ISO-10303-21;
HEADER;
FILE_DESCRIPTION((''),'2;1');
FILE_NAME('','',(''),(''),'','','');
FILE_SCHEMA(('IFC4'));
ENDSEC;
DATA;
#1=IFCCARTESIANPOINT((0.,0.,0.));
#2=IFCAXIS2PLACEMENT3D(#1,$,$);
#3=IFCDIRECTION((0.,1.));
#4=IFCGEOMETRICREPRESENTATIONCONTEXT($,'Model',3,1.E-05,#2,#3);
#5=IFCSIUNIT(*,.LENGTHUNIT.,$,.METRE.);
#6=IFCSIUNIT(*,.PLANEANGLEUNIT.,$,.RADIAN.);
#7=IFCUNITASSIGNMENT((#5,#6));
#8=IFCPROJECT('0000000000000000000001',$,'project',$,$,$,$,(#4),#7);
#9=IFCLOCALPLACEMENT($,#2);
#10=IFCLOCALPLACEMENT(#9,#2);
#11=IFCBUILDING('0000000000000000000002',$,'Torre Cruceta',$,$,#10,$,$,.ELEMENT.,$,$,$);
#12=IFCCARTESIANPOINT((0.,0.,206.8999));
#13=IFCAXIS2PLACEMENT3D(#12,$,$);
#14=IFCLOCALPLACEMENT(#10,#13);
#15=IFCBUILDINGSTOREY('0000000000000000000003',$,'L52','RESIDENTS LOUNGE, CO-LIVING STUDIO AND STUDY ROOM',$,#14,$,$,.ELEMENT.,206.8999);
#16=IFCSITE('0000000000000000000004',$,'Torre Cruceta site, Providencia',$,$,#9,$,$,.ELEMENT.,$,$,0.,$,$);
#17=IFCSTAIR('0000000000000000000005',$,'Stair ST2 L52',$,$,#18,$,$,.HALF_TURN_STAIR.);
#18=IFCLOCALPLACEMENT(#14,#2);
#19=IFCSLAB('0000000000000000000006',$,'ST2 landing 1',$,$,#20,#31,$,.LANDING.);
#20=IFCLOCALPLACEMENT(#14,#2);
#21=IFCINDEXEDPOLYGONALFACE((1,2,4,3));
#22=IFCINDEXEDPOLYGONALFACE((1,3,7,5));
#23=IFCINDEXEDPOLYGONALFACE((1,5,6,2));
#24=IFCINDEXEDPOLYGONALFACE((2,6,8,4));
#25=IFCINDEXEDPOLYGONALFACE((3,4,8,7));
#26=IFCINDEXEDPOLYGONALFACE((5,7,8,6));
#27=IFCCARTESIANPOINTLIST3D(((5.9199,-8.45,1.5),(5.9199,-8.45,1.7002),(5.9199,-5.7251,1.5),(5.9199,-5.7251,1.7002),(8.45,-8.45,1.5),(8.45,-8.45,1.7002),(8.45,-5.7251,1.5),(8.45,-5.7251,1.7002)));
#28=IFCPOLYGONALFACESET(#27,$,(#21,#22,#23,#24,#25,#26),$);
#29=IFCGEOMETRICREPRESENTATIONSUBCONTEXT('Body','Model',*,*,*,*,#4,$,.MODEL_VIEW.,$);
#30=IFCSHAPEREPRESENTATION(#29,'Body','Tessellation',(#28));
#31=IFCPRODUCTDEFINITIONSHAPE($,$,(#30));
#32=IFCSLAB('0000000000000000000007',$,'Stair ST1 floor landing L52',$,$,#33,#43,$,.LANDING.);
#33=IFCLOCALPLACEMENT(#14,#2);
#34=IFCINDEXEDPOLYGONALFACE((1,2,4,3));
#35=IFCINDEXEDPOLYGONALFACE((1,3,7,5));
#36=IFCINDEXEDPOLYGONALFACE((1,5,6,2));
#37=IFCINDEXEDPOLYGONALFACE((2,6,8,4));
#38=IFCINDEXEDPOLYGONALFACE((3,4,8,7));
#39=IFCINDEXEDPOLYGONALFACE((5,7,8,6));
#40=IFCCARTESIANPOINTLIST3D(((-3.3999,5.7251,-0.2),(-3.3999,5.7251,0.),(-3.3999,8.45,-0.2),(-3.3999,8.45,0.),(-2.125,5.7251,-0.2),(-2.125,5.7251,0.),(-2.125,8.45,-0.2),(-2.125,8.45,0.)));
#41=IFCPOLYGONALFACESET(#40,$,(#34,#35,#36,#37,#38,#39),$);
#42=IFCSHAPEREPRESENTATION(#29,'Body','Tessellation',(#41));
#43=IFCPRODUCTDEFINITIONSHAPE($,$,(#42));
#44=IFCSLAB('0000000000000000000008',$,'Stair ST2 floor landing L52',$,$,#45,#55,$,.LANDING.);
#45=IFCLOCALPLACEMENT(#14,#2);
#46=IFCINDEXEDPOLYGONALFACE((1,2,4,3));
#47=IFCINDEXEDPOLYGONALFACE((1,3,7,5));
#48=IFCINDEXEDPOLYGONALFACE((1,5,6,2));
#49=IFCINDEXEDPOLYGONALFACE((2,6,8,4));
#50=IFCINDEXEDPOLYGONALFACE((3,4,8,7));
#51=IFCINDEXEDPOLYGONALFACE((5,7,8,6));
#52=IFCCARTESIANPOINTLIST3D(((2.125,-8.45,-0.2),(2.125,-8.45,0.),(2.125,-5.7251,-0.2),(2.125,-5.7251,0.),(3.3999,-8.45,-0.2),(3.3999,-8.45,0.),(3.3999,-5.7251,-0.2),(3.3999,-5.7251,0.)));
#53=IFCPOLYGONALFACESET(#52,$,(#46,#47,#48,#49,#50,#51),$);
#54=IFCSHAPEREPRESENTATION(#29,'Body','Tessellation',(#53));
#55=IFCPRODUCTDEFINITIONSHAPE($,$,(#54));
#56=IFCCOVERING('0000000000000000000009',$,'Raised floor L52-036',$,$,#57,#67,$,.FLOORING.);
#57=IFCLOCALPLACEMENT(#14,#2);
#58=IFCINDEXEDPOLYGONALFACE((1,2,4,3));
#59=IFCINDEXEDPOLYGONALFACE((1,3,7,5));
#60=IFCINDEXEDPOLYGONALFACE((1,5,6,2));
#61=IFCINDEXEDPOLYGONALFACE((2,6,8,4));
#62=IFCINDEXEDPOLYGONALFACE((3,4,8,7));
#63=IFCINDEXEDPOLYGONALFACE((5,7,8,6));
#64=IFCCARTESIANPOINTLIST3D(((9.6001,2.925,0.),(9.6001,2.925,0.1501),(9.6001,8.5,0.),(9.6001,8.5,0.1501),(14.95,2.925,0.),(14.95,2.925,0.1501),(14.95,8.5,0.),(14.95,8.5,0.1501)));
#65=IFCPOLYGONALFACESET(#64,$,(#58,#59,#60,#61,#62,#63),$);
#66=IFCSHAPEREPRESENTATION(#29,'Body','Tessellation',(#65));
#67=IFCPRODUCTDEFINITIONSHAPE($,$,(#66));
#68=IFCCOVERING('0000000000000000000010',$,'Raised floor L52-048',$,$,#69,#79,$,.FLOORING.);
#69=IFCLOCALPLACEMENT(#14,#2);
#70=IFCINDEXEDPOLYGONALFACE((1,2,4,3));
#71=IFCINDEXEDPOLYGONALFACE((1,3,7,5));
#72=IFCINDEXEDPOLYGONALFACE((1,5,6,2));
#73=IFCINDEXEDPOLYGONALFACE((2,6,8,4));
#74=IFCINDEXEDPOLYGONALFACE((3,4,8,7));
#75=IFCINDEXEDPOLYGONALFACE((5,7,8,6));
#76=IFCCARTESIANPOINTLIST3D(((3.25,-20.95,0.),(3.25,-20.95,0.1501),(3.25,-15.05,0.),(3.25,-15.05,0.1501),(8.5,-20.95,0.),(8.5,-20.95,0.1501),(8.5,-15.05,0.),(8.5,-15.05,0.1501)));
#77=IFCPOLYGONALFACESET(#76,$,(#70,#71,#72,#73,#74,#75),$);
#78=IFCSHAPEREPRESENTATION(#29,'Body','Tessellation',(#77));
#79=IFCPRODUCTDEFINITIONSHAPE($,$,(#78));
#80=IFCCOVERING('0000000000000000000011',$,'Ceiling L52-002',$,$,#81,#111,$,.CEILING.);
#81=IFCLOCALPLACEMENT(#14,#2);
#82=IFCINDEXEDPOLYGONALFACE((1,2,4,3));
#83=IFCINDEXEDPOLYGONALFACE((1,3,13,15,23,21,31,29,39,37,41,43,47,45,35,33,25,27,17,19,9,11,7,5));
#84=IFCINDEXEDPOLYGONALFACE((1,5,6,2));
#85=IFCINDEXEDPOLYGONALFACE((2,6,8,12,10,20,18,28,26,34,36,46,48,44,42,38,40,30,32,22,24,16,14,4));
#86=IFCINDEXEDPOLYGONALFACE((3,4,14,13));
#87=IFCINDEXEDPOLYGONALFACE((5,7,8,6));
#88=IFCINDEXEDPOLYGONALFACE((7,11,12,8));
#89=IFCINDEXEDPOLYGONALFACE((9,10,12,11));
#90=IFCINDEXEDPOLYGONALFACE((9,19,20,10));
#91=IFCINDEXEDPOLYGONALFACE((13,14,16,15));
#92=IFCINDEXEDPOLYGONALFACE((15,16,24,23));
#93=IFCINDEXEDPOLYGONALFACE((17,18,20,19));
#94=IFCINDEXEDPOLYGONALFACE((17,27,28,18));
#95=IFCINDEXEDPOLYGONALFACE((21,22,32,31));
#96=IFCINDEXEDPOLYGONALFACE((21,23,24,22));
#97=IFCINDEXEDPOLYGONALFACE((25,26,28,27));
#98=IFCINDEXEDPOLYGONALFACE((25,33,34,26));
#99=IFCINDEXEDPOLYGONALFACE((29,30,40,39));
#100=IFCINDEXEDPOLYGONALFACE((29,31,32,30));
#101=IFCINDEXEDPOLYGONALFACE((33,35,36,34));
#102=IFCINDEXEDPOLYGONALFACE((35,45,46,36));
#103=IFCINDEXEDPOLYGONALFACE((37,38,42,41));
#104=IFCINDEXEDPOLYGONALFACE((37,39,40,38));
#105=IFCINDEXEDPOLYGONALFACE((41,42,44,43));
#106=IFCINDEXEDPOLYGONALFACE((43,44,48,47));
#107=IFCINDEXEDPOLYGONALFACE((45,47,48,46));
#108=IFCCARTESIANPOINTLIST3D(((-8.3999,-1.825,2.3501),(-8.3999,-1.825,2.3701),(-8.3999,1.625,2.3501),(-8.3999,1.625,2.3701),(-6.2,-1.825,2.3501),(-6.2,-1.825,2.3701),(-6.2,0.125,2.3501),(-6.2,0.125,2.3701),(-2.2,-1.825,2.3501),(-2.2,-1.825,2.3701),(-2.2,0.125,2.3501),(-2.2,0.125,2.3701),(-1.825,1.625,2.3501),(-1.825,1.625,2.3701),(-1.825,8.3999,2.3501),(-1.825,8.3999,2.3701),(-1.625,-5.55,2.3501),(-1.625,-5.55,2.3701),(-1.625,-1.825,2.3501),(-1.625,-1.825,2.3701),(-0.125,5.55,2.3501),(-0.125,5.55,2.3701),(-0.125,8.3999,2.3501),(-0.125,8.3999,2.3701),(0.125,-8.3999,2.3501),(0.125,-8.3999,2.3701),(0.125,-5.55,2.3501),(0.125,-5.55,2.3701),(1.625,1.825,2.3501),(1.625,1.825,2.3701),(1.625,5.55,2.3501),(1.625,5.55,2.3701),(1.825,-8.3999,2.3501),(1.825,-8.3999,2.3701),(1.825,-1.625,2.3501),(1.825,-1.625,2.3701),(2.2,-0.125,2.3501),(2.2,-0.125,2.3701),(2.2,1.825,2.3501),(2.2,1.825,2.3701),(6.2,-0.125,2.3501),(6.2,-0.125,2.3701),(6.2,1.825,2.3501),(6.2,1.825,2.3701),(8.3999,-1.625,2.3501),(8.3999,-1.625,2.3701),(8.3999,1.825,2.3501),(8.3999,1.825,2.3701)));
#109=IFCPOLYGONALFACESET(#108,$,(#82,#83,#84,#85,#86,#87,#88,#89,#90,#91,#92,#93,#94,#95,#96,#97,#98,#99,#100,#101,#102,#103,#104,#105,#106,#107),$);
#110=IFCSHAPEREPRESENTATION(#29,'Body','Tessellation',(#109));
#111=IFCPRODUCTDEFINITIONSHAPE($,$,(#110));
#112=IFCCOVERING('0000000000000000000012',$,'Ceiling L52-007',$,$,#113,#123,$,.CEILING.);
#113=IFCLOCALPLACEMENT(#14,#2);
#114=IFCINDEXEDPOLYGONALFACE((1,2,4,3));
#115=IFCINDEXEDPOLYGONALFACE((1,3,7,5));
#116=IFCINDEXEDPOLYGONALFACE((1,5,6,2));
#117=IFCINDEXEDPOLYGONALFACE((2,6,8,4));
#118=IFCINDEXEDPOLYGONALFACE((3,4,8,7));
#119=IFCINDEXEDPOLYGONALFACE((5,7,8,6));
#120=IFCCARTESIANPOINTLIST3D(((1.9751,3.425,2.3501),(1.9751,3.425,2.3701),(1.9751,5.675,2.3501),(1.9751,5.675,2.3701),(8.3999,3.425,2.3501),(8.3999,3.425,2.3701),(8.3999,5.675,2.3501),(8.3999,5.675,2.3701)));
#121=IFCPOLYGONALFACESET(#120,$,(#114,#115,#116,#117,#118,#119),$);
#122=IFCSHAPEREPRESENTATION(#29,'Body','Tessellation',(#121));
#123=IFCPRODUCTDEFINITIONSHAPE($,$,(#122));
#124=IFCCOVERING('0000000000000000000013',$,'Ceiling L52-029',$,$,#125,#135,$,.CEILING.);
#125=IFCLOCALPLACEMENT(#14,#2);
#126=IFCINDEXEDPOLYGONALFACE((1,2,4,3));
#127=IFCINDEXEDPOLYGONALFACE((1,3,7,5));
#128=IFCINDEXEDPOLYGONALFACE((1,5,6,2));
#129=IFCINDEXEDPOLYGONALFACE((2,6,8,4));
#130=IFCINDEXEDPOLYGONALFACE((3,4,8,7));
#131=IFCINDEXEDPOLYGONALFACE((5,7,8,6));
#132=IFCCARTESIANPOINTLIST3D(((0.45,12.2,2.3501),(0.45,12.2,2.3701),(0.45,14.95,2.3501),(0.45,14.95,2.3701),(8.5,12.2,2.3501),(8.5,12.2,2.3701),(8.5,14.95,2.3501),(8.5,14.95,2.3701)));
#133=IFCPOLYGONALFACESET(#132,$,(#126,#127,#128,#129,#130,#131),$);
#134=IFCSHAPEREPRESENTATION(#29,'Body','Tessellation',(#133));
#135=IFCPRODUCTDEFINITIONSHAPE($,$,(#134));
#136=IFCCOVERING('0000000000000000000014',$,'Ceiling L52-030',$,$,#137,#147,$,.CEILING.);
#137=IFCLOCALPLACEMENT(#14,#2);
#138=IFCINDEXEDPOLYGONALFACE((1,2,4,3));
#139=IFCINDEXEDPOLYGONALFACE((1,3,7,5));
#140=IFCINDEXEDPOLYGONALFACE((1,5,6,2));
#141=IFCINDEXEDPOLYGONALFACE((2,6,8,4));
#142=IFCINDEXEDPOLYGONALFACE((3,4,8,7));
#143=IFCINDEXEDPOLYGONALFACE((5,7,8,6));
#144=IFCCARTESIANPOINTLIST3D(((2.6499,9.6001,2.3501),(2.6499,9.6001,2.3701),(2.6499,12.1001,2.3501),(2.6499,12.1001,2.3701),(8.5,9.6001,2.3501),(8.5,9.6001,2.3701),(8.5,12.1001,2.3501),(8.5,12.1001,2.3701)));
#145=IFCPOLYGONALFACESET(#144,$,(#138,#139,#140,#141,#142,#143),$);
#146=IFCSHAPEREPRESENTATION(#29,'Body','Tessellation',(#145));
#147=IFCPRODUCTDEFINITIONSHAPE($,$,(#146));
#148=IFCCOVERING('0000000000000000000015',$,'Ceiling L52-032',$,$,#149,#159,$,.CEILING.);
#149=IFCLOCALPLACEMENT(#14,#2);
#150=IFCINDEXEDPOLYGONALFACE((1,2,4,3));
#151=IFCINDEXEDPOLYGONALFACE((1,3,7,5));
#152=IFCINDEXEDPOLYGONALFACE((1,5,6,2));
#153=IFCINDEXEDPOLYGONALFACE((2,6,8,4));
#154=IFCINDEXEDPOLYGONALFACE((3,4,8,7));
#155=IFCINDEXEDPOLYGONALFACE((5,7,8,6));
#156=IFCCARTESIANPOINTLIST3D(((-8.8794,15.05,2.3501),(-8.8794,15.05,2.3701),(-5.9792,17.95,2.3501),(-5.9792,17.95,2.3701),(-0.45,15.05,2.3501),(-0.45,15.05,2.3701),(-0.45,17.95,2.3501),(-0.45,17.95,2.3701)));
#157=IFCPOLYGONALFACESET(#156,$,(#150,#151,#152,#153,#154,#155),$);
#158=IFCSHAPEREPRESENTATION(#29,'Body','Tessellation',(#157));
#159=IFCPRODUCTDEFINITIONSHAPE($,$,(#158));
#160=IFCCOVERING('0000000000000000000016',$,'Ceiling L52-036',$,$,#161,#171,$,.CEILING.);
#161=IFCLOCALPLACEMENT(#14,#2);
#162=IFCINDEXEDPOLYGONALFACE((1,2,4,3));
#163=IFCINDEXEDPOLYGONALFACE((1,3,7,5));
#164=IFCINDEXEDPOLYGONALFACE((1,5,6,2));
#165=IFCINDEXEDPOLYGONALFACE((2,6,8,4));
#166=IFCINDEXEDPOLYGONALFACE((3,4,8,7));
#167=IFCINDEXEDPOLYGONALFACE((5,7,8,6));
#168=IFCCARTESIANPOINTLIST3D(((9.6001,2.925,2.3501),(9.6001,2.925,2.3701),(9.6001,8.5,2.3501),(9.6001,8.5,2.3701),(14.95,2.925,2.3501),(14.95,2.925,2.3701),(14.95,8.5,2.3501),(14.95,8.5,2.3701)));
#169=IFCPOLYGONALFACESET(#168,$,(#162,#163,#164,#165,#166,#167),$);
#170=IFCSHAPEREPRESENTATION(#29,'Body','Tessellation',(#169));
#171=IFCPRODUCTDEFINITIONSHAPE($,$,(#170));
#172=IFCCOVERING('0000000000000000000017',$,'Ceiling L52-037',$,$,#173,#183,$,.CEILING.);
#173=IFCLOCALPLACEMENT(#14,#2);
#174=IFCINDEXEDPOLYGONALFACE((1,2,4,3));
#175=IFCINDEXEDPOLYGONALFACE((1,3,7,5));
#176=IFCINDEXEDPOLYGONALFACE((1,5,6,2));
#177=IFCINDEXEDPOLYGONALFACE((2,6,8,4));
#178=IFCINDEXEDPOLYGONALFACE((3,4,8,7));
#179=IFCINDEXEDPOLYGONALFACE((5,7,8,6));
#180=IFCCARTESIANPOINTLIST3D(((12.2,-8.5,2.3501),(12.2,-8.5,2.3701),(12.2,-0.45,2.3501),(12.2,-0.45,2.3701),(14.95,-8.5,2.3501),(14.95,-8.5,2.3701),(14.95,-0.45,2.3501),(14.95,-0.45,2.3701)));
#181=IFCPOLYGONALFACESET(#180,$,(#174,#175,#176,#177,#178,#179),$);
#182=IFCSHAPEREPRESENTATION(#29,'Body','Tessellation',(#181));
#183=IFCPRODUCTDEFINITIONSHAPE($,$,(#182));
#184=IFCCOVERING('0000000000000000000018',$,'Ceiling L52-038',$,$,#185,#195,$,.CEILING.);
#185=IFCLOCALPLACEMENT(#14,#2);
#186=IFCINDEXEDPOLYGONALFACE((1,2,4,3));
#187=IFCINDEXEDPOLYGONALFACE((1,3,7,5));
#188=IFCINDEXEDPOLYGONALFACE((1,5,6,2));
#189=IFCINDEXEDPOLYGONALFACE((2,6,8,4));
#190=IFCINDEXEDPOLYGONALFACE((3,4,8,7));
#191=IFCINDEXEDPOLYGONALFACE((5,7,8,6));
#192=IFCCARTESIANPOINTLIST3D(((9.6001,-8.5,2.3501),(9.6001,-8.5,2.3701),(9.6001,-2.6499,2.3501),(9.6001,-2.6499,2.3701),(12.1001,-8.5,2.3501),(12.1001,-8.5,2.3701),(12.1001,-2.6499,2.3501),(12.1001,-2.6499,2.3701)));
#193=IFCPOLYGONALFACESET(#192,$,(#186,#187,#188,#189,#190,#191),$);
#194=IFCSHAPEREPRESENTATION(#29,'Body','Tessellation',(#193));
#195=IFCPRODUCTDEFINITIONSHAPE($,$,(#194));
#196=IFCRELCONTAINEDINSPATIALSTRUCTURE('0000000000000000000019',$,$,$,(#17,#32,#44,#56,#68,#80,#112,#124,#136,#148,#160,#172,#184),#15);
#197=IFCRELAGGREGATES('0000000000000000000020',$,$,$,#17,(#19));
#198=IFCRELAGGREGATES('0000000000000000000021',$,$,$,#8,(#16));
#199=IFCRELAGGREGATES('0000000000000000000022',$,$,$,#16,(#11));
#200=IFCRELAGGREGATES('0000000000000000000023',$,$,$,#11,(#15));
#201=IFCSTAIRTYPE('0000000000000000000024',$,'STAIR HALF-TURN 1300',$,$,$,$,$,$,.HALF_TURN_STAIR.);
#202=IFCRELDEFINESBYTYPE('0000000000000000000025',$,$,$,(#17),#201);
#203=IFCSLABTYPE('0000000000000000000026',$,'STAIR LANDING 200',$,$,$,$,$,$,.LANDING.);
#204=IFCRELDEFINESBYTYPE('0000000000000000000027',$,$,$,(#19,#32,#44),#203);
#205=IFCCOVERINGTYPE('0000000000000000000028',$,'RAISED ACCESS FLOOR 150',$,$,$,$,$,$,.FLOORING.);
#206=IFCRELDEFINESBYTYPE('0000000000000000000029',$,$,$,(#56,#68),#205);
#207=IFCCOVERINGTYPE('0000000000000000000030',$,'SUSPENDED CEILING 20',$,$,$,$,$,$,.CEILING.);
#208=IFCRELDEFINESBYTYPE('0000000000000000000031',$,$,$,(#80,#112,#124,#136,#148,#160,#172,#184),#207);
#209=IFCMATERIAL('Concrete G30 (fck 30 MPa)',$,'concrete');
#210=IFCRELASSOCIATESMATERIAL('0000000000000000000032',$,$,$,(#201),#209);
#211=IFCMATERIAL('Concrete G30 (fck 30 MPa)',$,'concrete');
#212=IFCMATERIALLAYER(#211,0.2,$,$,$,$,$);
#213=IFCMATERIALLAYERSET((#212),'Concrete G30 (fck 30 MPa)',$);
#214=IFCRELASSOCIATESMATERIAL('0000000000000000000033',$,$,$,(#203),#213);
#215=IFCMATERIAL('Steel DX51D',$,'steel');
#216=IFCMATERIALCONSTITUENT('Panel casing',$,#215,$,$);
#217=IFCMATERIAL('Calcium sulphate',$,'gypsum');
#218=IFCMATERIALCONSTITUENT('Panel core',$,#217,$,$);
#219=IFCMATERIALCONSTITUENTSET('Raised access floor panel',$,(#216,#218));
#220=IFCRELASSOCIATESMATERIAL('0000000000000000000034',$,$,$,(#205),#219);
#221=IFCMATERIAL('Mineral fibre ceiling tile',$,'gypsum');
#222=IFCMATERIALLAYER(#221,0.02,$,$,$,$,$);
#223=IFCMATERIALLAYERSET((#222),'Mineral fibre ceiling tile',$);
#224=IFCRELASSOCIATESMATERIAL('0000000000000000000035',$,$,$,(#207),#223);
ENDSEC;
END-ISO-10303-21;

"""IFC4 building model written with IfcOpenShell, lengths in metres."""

from ifc_helpers import new_model, si_unit, direction, frame, origin, place, context, subcontext, project, spatial, polyline, outline, extrude, material, layer, layer_set, constituent, constituent_set, type_object, element, aggregate, save


model = new_model("IFC4")

# Units and contexts
model_context = context("Model", 3, precision=1e-05, world=origin(), true_north=direction((0.0, 1.0)))
body_context = subcontext(model_context, "Body", "Model", "MODEL_VIEW")
ifc_project = project(units=[si_unit("LENGTHUNIT", "METRE"), si_unit("PLANEANGLEUNIT", "RADIAN")], contexts=[model_context])

# Site, building, storey
site_placement = place(None, origin())
site = spatial("IfcSite", under=ifc_project, at=site_placement, Name="Torre Cruceta site, Providencia", CompositionType="ELEMENT", RefElevation=0.0)
building_placement = place(site_placement, origin())
building = spatial("IfcBuilding", under=site, at=building_placement, Name="Torre Cruceta", CompositionType="ELEMENT")
storey_placement = place(building_placement, frame((0.0, 0.0, 206.8999)))
storey = spatial("IfcBuildingStorey", under=building, at=storey_placement, Name="L52", Description="RESIDENTS LOUNGE, CO-LIVING STUDIO AND STUDY ROOM", CompositionType="ELEMENT", Elevation=206.8999)

# Stair, slab
ifc_material_1 = material(Name="Concrete G30 (fck 30 MPa)", Category="concrete")
stair_type = type_object("IfcStairType", Name="STAIR HALF-TURN 1300", PredefinedType="HALF_TURN_STAIR", material=ifc_material_1)
stair_placement = place(storey_placement, origin())
stair = element("IfcStair", 1, at=stair_placement, inside=storey, type_object=stair_type, Name="Stair ST2 L52", PredefinedType="HALF_TURN_STAIR")
ifc_material_2 = material(Name="Concrete G30 (fck 30 MPa)", Category="concrete")
ifc_layer_1 = layer(ifc_material_2, 0.2)
ifc_layer_set_1 = layer_set([ifc_layer_1], Name="Concrete G30 (fck 30 MPa)")
slab_type = type_object("IfcSlabType", Name="STAIR LANDING 200", PredefinedType="LANDING", material=ifc_layer_set_1)
slab_1_placement = place(storey_placement, frame((0.0, 0.0, 1.5)))
slab_1 = element("IfcSlab", 2, at=slab_1_placement, type_object=slab_type, Name="ST2 landing 1", PredefinedType="LANDING", context=body_context, shape_type="SweptSolid", body=[
    extrude(outline(polyline([(5.9199, -8.45), (8.45, -8.45), (8.45, -5.7251), (5.9199, -5.7251), (5.9199, -8.45)])), origin(), (0.0, 0.0, 1.0), 0.2002),
])
aggregate(stair, [slab_1])

# Slabs
slab_2_placement = place(storey_placement, frame((0.0, 0.0, -0.2)))
element("IfcSlab", 3, at=slab_2_placement, inside=storey, type_object=slab_type, Name="Stair ST1 floor landing L52", PredefinedType="LANDING", context=body_context, shape_type="SweptSolid", body=[
    extrude(outline(polyline([(-2.125, 8.45), (-2.125, 5.7251), (-3.3999, 5.7251), (-3.3999, 8.45), (-2.125, 8.45)])), origin(), (0.0, 0.0, 1.0), 0.2),
])
slab_3_placement = place(storey_placement, frame((0.0, 0.0, -0.2)))
element("IfcSlab", 4, at=slab_3_placement, inside=storey, type_object=slab_type, Name="Stair ST2 floor landing L52", PredefinedType="LANDING", context=body_context, shape_type="SweptSolid", body=[
    extrude(outline(polyline([(2.125, -8.45), (2.125, -5.7251), (3.3999, -5.7251), (3.3999, -8.45), (2.125, -8.45)])), origin(), (0.0, 0.0, 1.0), 0.2),
])

# Coverings
ifc_material_3 = material(Name="Steel DX51D", Category="steel")
ifc_constituent_1 = constituent(ifc_material_3, Name="Panel casing")
ifc_material_4 = material(Name="Calcium sulphate", Category="gypsum")
ifc_constituent_2 = constituent(ifc_material_4, Name="Panel core")
ifc_constituent_set = constituent_set(constituents=[ifc_constituent_1, ifc_constituent_2], Name="Raised access floor panel")
covering_type_1 = type_object("IfcCoveringType", Name="RAISED ACCESS FLOOR 150", PredefinedType="FLOORING", material=ifc_constituent_set)
covering_1_placement = place(storey_placement, origin())
element("IfcCovering", 5, at=covering_1_placement, inside=storey, type_object=covering_type_1, Name="Raised floor L52-036", PredefinedType="FLOORING", context=body_context, shape_type="SweptSolid", body=[
    extrude(outline(polyline([(9.6001, 2.925), (9.6001, 8.5), (14.95, 8.5), (14.95, 2.925), (9.6001, 2.925)])), origin(), (0.0, 0.0, 1.0), 0.1501),
])
covering_2_placement = place(storey_placement, origin())
element("IfcCovering", 6, at=covering_2_placement, inside=storey, type_object=covering_type_1, Name="Raised floor L52-048", PredefinedType="FLOORING", context=body_context, shape_type="SweptSolid", body=[
    extrude(outline(polyline([(3.25, -15.05), (8.5, -15.05), (8.5, -20.95), (3.25, -20.95), (3.25, -15.05)])), origin(), (0.0, 0.0, 1.0), 0.1501),
])
ifc_material_5 = material(Name="Mineral fibre ceiling tile", Category="gypsum")
ifc_layer_2 = layer(ifc_material_5, 0.02)
ifc_layer_set_2 = layer_set([ifc_layer_2], Name="Mineral fibre ceiling tile")
covering_type_2 = type_object("IfcCoveringType", Name="SUSPENDED CEILING 20", PredefinedType="CEILING", material=ifc_layer_set_2)
covering_3_placement = place(storey_placement, frame((0.0, 0.0, 2.3501)))
element("IfcCovering", 7, at=covering_3_placement, inside=storey, type_object=covering_type_2, Name="Ceiling L52-002", PredefinedType="CEILING", context=body_context, shape_type="SweptSolid", body=[
    extrude(outline(polyline([(1.825, -8.3999), (0.125, -8.3999), (0.125, -5.55), (-1.625, -5.55), (-1.625, -1.825), (-2.2, -1.825), (-2.2, 0.125), (-6.2, 0.125), (-6.2, -1.825), (-8.3999, -1.825), (-8.3999, 1.625), (-1.825, 1.625), (-1.825, 8.3999), (-0.125, 8.3999), (-0.125, 5.55), (1.625, 5.55), (1.625, 1.825), (2.2, 1.825), (2.2, -0.125), (6.2, -0.125), (6.2, 1.825), (8.3999, 1.825), (8.3999, -1.625), (1.825, -1.625), (1.825, -8.3999)])), origin(), (0.0, 0.0, 1.0), 0.02),
])
covering_4_placement = place(storey_placement, frame((0.0, 0.0, 2.3501)))
element("IfcCovering", 8, at=covering_4_placement, inside=storey, type_object=covering_type_2, Name="Ceiling L52-007", PredefinedType="CEILING", context=body_context, shape_type="SweptSolid", body=[
    extrude(outline(polyline([(1.9751, 3.425), (1.9751, 5.675), (8.3999, 5.675), (8.3999, 3.425), (1.9751, 3.425)])), origin(), (0.0, 0.0, 1.0), 0.02),
])
covering_5_placement = place(storey_placement, frame((0.0, 0.0, 2.3501)))
element("IfcCovering", 9, at=covering_5_placement, inside=storey, type_object=covering_type_2, Name="Ceiling L52-029", PredefinedType="CEILING", context=body_context, shape_type="SweptSolid", body=[
    extrude(outline(polyline([(8.5, 14.95), (8.5, 12.2), (0.45, 12.2), (0.45, 14.95), (8.5, 14.95)])), origin(), (0.0, 0.0, 1.0), 0.02),
])
covering_6_placement = place(storey_placement, frame((0.0, 0.0, 2.3501)))
element("IfcCovering", 10, at=covering_6_placement, inside=storey, type_object=covering_type_2, Name="Ceiling L52-030", PredefinedType="CEILING", context=body_context, shape_type="SweptSolid", body=[
    extrude(outline(polyline([(8.5, 9.6001), (2.6499, 9.6001), (2.6499, 12.1001), (8.5, 12.1001), (8.5, 9.6001)])), origin(), (0.0, 0.0, 1.0), 0.02),
])
covering_7_placement = place(storey_placement, frame((0.0, 0.0, 2.3501)))
element("IfcCovering", 11, at=covering_7_placement, inside=storey, type_object=covering_type_2, Name="Ceiling L52-032", PredefinedType="CEILING", context=body_context, shape_type="SweptSolid", body=[
    extrude(outline(polyline([(-5.9792, 17.95), (-0.45, 17.95), (-0.45, 15.05), (-8.8794, 15.05), (-5.9792, 17.95)])), origin(), (0.0, 0.0, 1.0), 0.02),
])
covering_8_placement = place(storey_placement, frame((0.0, 0.0, 2.3501)))
element("IfcCovering", 12, at=covering_8_placement, inside=storey, type_object=covering_type_2, Name="Ceiling L52-036", PredefinedType="CEILING", context=body_context, shape_type="SweptSolid", body=[
    extrude(outline(polyline([(9.6001, 2.925), (9.6001, 8.5), (14.95, 8.5), (14.95, 2.925), (9.6001, 2.925)])), origin(), (0.0, 0.0, 1.0), 0.02),
])
covering_9_placement = place(storey_placement, frame((0.0, 0.0, 2.3501)))
element("IfcCovering", 13, at=covering_9_placement, inside=storey, type_object=covering_type_2, Name="Ceiling L52-037", PredefinedType="CEILING", context=body_context, shape_type="SweptSolid", body=[
    extrude(outline(polyline([(14.95, -8.5), (12.2, -8.5), (12.2, -0.45), (14.95, -0.45), (14.95, -8.5)])), origin(), (0.0, 0.0, 1.0), 0.02),
])
covering_10_placement = place(storey_placement, frame((0.0, 0.0, 2.3501)))
element("IfcCovering", 14, at=covering_10_placement, inside=storey, type_object=covering_type_2, Name="Ceiling L52-038", PredefinedType="CEILING", context=body_context, shape_type="SweptSolid", body=[
    extrude(outline(polyline([(9.6001, -8.5), (9.6001, -2.6499), (12.1001, -2.6499), (12.1001, -8.5), (9.6001, -8.5)])), origin(), (0.0, 0.0, 1.0), 0.02),
])

save(model, "model.ifc")
